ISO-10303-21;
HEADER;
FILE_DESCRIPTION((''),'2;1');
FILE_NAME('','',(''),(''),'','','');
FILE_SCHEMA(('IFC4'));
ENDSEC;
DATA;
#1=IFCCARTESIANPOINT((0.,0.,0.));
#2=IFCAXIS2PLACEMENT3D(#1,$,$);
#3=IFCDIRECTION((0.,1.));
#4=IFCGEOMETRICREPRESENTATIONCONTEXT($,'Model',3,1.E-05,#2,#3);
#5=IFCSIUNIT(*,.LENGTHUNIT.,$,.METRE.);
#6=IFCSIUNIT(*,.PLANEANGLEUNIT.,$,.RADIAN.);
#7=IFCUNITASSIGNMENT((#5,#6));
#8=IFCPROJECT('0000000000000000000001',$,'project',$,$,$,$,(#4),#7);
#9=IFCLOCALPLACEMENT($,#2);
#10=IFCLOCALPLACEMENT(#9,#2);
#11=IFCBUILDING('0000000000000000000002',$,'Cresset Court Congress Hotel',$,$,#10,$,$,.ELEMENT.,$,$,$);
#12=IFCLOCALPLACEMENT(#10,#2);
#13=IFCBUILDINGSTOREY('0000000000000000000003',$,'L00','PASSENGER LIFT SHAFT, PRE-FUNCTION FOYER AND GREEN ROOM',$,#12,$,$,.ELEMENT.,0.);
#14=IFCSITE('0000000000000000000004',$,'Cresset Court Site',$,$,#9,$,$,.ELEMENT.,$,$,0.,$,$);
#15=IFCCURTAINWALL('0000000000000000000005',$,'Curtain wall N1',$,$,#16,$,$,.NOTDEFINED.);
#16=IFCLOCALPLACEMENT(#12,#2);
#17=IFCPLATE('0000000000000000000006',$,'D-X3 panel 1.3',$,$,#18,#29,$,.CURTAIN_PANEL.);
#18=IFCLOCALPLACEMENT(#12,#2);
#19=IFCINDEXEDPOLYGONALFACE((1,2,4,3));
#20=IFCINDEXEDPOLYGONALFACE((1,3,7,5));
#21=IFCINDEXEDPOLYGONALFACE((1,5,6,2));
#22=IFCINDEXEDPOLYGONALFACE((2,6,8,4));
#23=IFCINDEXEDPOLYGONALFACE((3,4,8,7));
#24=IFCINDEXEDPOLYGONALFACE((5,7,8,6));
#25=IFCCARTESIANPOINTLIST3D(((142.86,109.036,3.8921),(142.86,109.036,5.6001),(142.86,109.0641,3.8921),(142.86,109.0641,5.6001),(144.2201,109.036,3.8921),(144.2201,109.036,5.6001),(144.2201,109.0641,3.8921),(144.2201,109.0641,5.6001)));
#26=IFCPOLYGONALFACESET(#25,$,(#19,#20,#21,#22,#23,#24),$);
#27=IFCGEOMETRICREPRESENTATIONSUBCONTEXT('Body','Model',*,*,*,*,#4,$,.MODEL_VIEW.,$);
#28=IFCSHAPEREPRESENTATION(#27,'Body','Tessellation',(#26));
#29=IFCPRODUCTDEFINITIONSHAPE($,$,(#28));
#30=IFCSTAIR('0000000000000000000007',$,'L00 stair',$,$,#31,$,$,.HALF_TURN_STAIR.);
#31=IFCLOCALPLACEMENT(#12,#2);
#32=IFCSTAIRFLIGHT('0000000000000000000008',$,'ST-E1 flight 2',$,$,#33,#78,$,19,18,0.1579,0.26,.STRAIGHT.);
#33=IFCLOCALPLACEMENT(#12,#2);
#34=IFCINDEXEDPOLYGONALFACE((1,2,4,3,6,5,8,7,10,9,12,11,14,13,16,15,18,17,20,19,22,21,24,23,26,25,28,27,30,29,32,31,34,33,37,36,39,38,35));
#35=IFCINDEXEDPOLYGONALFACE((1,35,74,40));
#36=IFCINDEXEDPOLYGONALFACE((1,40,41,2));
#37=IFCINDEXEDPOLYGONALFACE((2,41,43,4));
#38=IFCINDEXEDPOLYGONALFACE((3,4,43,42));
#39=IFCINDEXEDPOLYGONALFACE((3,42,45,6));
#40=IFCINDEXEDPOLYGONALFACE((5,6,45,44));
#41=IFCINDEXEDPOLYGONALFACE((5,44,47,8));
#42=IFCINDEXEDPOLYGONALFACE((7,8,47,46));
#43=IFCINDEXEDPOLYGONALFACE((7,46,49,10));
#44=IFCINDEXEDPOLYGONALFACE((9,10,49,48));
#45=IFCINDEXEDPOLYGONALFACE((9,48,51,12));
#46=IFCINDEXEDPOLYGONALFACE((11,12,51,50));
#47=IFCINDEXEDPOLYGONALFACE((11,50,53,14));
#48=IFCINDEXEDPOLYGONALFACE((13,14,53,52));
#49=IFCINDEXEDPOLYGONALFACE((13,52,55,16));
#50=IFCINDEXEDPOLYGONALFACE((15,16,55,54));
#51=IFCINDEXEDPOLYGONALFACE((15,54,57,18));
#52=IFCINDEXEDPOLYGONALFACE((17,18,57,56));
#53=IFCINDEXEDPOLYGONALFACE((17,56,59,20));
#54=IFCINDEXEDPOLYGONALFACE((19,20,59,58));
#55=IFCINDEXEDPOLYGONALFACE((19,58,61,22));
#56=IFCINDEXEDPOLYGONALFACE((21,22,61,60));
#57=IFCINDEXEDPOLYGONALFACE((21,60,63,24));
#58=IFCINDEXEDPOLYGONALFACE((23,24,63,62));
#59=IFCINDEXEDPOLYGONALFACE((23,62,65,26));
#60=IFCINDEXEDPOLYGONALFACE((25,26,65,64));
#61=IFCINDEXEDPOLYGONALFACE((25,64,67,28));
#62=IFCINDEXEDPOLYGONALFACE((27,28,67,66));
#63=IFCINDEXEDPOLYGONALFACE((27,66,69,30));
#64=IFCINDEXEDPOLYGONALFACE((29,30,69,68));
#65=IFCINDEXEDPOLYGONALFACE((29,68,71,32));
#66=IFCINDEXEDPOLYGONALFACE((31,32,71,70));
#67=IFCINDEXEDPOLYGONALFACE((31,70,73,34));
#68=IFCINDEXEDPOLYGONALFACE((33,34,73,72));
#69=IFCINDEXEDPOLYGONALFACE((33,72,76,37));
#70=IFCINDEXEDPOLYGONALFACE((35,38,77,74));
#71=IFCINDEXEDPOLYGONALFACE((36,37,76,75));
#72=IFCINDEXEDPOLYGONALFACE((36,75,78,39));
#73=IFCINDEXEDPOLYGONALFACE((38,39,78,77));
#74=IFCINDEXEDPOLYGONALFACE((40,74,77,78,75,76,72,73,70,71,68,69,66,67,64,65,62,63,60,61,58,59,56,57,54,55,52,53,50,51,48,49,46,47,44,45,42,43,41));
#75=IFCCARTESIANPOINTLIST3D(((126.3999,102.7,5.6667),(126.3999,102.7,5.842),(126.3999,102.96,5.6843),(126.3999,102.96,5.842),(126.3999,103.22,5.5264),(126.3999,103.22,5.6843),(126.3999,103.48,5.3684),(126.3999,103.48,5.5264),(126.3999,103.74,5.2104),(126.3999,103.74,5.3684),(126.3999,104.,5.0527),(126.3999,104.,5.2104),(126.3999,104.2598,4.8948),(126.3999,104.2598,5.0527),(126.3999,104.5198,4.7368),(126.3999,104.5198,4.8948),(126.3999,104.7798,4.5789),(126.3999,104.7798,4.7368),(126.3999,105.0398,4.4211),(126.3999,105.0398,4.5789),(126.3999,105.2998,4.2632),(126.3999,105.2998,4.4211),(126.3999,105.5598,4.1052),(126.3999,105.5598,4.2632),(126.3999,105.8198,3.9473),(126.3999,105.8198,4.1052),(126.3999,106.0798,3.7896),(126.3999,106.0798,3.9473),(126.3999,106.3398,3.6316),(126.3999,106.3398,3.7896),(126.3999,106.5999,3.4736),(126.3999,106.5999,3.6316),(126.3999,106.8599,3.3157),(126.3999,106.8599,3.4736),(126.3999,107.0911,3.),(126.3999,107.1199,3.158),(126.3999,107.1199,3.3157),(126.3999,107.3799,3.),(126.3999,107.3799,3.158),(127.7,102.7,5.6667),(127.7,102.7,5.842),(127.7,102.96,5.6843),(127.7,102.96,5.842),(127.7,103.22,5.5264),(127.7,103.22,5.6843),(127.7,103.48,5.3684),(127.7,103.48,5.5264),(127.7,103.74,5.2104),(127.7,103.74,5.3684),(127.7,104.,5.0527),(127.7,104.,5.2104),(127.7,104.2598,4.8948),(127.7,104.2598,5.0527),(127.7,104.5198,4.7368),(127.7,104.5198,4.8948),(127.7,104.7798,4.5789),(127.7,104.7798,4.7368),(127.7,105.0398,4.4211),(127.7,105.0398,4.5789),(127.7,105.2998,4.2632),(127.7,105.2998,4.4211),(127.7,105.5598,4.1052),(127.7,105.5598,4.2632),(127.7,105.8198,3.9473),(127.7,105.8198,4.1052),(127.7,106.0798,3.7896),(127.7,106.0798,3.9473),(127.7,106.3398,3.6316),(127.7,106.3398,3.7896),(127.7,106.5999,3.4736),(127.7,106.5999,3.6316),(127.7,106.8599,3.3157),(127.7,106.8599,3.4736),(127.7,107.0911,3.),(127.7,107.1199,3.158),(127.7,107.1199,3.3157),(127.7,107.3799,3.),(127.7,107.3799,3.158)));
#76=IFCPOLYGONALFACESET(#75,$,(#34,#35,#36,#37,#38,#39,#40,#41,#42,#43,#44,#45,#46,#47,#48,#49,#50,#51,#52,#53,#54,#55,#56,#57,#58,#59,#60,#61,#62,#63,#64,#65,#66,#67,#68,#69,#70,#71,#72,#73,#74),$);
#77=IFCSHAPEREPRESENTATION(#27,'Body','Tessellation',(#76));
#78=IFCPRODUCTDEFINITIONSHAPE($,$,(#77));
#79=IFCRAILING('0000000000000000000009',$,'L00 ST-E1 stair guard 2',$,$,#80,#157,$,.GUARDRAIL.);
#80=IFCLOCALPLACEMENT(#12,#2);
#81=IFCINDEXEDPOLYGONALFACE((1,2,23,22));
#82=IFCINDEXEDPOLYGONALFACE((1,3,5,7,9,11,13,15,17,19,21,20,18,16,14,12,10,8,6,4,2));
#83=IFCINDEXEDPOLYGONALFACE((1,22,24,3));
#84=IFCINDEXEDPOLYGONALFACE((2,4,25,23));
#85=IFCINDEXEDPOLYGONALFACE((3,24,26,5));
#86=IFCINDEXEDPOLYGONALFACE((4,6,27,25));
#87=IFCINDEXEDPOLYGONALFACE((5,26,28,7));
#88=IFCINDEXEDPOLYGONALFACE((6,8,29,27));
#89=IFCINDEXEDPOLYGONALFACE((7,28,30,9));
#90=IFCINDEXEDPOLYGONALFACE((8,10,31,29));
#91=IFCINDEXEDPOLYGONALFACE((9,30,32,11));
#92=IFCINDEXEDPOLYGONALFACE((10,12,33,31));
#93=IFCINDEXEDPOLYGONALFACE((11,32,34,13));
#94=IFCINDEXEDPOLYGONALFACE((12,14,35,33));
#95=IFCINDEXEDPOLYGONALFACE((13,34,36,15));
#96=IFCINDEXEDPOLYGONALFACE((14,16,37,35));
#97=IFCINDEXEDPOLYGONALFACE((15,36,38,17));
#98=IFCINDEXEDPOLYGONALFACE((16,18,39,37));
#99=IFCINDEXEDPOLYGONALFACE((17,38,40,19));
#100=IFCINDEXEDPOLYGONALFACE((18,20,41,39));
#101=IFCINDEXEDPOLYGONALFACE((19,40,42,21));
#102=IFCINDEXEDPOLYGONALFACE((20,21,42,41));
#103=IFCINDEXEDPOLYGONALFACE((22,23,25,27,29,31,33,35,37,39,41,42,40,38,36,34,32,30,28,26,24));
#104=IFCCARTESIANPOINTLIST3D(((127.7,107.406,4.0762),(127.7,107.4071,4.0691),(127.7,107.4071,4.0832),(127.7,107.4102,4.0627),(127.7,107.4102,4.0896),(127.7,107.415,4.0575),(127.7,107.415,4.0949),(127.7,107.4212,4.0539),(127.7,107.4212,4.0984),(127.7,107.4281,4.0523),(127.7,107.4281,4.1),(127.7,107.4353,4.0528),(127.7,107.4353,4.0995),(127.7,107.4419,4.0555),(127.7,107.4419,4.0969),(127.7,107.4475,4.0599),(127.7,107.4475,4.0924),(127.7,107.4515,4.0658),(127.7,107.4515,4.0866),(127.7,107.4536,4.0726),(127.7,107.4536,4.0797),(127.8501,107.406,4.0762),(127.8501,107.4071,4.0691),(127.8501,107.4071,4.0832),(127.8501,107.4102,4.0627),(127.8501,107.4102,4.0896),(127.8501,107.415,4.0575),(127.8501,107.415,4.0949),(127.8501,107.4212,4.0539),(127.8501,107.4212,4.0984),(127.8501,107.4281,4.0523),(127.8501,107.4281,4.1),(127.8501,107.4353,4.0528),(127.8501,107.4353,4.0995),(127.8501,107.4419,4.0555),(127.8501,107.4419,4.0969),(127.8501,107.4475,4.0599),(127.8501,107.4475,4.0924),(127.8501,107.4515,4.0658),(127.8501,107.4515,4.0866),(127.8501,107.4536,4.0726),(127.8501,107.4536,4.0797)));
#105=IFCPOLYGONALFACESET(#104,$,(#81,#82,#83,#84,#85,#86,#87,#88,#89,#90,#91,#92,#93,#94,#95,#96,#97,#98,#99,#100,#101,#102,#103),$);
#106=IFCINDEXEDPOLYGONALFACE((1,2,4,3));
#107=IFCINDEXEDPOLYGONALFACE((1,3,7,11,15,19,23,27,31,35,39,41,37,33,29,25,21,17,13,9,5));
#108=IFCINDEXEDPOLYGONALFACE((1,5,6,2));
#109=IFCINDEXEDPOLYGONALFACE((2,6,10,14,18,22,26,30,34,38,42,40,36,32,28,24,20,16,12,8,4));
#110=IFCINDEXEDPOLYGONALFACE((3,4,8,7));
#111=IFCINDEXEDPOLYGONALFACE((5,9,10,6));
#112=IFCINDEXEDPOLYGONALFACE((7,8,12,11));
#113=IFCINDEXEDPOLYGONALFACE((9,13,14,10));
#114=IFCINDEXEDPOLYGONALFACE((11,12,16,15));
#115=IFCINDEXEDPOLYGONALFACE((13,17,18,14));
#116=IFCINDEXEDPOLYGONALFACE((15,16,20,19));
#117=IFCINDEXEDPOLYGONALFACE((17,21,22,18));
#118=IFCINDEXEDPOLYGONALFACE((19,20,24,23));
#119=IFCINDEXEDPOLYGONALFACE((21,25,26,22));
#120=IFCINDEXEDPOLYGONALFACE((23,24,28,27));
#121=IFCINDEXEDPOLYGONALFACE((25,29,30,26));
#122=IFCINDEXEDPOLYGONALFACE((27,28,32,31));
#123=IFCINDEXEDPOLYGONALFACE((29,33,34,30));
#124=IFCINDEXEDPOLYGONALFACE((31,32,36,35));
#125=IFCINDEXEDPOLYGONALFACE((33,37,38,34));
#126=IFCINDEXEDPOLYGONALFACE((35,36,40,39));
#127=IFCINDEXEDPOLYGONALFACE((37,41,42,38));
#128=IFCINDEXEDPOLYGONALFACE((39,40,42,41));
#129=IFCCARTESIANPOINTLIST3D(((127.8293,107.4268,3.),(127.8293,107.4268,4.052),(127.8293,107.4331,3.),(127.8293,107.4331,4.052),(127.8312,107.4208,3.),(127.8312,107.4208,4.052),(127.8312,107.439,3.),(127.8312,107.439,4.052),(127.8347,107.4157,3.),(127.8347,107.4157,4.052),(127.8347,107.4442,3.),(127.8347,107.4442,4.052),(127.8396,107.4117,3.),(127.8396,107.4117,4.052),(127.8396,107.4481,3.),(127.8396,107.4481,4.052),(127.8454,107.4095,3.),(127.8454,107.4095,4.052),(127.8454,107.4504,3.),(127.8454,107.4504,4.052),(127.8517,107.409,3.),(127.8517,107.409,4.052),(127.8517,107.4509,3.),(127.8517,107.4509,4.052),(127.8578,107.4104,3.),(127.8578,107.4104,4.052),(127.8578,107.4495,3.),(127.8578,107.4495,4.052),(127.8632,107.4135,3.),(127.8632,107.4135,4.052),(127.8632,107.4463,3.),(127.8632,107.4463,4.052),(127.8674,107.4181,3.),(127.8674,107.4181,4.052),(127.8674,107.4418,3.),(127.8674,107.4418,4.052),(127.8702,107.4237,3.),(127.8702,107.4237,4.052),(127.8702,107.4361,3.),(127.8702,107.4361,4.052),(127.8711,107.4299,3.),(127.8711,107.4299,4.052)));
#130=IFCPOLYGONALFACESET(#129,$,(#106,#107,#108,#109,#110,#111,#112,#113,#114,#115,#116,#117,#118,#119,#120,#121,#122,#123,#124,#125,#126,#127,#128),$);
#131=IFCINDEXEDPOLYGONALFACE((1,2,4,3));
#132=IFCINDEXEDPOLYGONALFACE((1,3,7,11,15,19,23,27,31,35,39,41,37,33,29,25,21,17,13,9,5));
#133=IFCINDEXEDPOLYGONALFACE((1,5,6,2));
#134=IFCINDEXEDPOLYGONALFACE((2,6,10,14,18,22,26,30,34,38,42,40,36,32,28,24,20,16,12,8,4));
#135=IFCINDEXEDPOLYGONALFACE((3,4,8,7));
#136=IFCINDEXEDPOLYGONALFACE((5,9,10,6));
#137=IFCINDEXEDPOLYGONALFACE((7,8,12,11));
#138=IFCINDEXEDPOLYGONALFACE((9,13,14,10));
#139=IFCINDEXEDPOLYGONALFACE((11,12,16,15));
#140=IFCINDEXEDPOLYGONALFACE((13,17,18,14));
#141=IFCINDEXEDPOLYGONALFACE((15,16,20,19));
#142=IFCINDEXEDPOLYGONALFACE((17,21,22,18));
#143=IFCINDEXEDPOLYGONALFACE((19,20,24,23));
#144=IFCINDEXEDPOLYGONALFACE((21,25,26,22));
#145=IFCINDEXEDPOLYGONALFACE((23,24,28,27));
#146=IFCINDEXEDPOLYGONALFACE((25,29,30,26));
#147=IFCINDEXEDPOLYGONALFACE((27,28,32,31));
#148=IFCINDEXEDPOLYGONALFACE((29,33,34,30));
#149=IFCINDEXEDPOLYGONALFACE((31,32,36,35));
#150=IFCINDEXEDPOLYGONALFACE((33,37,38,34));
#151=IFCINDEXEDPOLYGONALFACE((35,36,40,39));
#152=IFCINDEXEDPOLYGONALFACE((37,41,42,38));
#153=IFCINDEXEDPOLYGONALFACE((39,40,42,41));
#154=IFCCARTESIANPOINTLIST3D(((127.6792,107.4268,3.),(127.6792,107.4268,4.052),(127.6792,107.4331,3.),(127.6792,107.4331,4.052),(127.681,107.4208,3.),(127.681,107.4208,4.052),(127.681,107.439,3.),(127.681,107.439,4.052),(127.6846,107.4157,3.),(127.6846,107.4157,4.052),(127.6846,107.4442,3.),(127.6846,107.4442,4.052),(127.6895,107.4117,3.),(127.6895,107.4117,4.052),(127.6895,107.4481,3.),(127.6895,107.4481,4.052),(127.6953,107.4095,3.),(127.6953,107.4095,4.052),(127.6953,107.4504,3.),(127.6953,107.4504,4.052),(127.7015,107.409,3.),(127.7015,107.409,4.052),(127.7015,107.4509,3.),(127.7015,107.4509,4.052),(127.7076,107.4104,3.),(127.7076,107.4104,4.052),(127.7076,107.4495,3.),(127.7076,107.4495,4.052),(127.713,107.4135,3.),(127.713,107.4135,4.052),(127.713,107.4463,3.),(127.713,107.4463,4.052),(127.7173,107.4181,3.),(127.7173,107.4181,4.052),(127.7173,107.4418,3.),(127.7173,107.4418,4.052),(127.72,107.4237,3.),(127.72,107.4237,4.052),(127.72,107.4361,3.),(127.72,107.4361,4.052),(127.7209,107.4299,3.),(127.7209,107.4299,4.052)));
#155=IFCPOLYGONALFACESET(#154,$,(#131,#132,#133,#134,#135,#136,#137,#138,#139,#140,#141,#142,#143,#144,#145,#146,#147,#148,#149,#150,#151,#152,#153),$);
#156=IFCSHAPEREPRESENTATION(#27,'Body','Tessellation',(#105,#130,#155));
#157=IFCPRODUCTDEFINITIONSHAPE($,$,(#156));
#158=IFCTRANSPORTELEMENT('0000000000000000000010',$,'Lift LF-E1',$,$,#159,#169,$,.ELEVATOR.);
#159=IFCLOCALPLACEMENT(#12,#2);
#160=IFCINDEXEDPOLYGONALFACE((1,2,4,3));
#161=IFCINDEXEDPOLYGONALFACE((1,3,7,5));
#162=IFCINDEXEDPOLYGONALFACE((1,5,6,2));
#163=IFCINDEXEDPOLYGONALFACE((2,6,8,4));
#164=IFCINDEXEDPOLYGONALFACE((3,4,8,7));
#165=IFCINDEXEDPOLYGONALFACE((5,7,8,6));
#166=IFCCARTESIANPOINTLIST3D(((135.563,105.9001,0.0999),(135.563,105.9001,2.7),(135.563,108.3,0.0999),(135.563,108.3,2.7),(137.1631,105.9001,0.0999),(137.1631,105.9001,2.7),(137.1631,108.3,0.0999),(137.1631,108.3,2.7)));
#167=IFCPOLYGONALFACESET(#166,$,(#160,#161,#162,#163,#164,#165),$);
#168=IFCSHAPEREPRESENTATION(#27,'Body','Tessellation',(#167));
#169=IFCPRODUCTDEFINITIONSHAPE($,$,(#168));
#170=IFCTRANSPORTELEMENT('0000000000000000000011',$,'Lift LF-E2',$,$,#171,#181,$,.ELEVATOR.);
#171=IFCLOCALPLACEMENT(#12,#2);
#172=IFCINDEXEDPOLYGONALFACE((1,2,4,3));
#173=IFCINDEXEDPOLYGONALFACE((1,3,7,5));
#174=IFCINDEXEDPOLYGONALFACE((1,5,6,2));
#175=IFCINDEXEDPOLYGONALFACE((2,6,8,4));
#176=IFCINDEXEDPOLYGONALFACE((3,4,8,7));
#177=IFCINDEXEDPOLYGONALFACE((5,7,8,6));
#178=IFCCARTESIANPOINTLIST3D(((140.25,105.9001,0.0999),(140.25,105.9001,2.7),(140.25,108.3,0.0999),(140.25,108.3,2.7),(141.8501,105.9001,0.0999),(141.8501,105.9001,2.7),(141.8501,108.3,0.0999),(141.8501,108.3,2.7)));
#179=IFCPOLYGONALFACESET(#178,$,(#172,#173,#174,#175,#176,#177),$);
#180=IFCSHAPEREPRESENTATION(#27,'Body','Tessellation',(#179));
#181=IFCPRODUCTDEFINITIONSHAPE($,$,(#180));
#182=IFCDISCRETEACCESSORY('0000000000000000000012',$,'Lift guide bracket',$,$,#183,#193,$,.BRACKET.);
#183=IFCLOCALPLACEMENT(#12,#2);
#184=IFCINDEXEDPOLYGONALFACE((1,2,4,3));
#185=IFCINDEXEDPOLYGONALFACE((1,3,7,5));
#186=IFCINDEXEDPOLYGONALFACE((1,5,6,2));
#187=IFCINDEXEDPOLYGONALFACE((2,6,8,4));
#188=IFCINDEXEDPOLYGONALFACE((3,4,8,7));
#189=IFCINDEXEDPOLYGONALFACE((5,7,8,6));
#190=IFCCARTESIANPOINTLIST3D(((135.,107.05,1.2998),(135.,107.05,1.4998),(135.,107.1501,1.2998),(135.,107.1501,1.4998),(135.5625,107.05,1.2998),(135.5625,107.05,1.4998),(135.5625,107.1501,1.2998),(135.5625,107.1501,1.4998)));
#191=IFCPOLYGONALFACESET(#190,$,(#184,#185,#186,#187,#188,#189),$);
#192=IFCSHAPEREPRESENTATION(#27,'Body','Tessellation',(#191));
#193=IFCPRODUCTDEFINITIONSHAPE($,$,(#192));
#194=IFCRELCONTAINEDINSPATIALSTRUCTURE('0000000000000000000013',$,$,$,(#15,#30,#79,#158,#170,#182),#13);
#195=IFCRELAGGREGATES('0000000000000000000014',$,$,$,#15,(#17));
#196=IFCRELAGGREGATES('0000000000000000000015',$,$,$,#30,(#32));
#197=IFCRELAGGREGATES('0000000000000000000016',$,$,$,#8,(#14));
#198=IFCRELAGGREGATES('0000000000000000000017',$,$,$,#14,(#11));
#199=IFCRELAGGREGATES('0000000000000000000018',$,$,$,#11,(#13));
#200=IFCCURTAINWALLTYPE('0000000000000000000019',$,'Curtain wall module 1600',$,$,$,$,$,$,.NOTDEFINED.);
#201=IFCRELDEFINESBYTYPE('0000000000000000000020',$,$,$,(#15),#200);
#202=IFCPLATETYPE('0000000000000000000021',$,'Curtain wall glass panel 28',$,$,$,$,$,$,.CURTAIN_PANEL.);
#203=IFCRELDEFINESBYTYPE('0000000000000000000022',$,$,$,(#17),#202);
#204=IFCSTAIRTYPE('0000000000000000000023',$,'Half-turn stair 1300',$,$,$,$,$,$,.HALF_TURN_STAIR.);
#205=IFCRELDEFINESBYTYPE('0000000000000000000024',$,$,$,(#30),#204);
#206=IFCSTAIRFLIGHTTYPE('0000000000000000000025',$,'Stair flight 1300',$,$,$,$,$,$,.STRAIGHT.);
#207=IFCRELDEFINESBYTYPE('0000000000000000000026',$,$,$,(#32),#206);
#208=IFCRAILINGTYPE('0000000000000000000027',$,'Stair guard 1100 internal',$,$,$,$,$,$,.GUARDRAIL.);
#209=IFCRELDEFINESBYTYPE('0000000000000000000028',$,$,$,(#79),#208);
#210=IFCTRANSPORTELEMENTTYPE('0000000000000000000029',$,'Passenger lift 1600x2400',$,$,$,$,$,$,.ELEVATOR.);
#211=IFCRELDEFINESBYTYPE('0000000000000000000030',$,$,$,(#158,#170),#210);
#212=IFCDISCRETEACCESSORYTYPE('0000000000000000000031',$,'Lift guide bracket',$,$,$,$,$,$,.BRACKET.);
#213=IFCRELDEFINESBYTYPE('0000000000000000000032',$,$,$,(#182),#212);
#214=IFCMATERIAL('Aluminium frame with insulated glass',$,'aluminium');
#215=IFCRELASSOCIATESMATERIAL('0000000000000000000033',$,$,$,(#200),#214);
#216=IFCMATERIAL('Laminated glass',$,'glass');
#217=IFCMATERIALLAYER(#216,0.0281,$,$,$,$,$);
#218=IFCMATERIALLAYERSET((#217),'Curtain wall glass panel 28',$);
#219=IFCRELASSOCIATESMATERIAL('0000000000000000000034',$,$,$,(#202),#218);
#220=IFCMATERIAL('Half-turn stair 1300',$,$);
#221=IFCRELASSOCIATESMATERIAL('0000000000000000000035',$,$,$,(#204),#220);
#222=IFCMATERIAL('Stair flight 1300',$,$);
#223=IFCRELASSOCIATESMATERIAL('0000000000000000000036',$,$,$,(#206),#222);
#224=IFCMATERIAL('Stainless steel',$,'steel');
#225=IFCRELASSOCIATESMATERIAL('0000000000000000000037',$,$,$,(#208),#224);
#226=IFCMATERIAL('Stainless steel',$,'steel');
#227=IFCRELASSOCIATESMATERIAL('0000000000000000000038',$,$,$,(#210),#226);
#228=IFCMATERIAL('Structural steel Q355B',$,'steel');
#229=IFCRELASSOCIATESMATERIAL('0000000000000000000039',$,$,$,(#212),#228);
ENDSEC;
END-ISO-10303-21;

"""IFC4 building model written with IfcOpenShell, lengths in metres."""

from ifc_helpers import new_model, si_unit, direction, frame, origin, origin_2d, place, context, subcontext, project, spatial, polyline, rectangle, circle, outline, extrude, material, layer, layer_set, type_object, element, aggregate, save


model = new_model("IFC4")

# Units and contexts
model_context = context("Model", 3, precision=1e-05, world=origin(), true_north=direction((0.0, 1.0)))
body_context = subcontext(model_context, "Body", "Model", "MODEL_VIEW")
ifc_project = project(units=[si_unit("LENGTHUNIT", "METRE"), si_unit("PLANEANGLEUNIT", "RADIAN")], contexts=[model_context])

# Site, building, storey
site_placement = place(None, origin())
site = spatial("IfcSite", under=ifc_project, at=site_placement, Name="Cresset Court Site", CompositionType="ELEMENT", RefElevation=0.0)
building_placement = place(site_placement, origin())
building = spatial("IfcBuilding", under=site, at=building_placement, Name="Cresset Court Congress Hotel", CompositionType="ELEMENT")
storey_placement = place(building_placement, origin())
storey = spatial("IfcBuildingStorey", under=building, at=storey_placement, Name="L00", Description="PASSENGER LIFT SHAFT, PRE-FUNCTION FOYER AND GREEN ROOM", CompositionType="ELEMENT", Elevation=0.0)

# Curtain wall, plate
ifc_material_1 = material(Name="Aluminium frame with insulated glass", Category="aluminium")
curtain_wall_type = type_object("IfcCurtainWallType", Name="Curtain wall module 1600", PredefinedType="NOTDEFINED", material=ifc_material_1)
curtain_wall_placement = place(storey_placement, origin())
curtain_wall = element("IfcCurtainWall", 1, at=curtain_wall_placement, inside=storey, type_object=curtain_wall_type, Name="Curtain wall N1", PredefinedType="NOTDEFINED")
ifc_material_2 = material(Name="Laminated glass", Category="glass")
ifc_layer = layer(ifc_material_2, 0.0281)
ifc_layer_set = layer_set([ifc_layer], Name="Curtain wall glass panel 28")
plate_type = type_object("IfcPlateType", Name="Curtain wall glass panel 28", PredefinedType="CURTAIN_PANEL", material=ifc_layer_set)
plate_1_placement = place(storey_placement, frame((143.54, 109.05, 3.8921), z_axis=(0.0, 0.0, 1.0), x_axis=(1.0, 0.0, 0.0)))
plate_1 = element("IfcPlate", 2, at=plate_1_placement, type_object=plate_type, Name="D-X3 panel 1.3", PredefinedType="CURTAIN_PANEL", context=body_context, shape_type="SweptSolid", body=[
    extrude(rectangle(XDim=1.3601, YDim=0.0281, at=origin_2d()), origin(), (0.0, 0.0, 1.0), 1.708),
])
aggregate(curtain_wall, [plate_1])

# Stair, stair flight
ifc_material_3 = material(Name="Half-turn stair 1300")
stair_type = type_object("IfcStairType", Name="Half-turn stair 1300", PredefinedType="HALF_TURN_STAIR", material=ifc_material_3)
stair_placement = place(storey_placement, origin())
stair = element("IfcStair", 3, at=stair_placement, inside=storey, type_object=stair_type, Name="L00 stair", PredefinedType="HALF_TURN_STAIR")
ifc_material_4 = material(Name="Stair flight 1300")
stair_flight_type = type_object("IfcStairFlightType", Name="Stair flight 1300", PredefinedType="STRAIGHT", material=ifc_material_4)
stair_flight_placement = place(storey_placement, frame((127.05, 107.3799, 3.0), z_axis=(0.0, 0.0, 1.0), x_axis=(0.0, -1.0, 0.0)))
stair_flight = element("IfcStairFlight", 4, at=stair_flight_placement, type_object=stair_flight_type, Name="ST-E1 flight 2", NumberOfRisers=19, NumberOfTreads=18, PredefinedType="STRAIGHT", RiserHeight=0.1579, TreadLength=0.26, context=body_context, shape_type="SweptSolid", body=[
    extrude(outline(polyline([(0.0, 0.0), (0.0, 0.158), (0.26, 0.158), (0.26, 0.3157), (0.52, 0.3157), (0.52, 0.4736), (0.78, 0.4736), (0.78, 0.6316), (1.04, 0.6316), (1.04, 0.7896), (1.3, 0.7896), (1.3, 0.9473), (1.5601, 0.9473), (1.5601, 1.1052), (1.8201, 1.1052), (1.8201, 1.2632), (2.0801, 1.2632), (2.0801, 1.4211), (2.3401, 1.4211), (2.3401, 1.5789), (2.6001, 1.5789), (2.6001, 1.7368), (2.8601, 1.7368), (2.8601, 1.8948), (3.1201, 1.8948), (3.1201, 2.0527), (3.3799, 2.0527), (3.3799, 2.2104), (3.6399, 2.2104), (3.6399, 2.3684), (3.8999, 2.3684), (3.8999, 2.5264), (4.1599, 2.5264), (4.1599, 2.6843), (4.4199, 2.6843), (4.4199, 2.842), (4.6799, 2.842), (4.6799, 3.0), (4.6799, 2.6667), (0.2888, 0.0), (0.0, 0.0)])), frame((0.0, 0.6499, 0.0), z_axis=(0.0, -1.0, 0.0), x_axis=(1.0, 0.0, 0.0)), (0.0, 0.0, 1.0), 1.3),
])
aggregate(stair, [stair_flight])

# Railing
ifc_material_5 = material(Name="Stainless steel", Category="steel")
railing_type_1 = type_object("IfcRailingType", Name="Stair guard 1100 internal", PredefinedType="GUARDRAIL", material=ifc_material_5)
railing_1_placement = place(storey_placement, frame((127.8501, 107.4299, 3.0)))
element("IfcRailing", 5, at=railing_1_placement, inside=storey, type_object=railing_type_1, Name="L00 ST-E1 stair guard 2", PredefinedType="GUARDRAIL", context=body_context, shape_type="SweptSolid", body=[
    extrude(circle(Radius=0.0239, at=origin_2d()), frame((0.0, 0.0, 1.0762), z_axis=(-1.0, 0.0, 0.0), x_axis=(0.0, -1.0, 0.0)), (0.0, 0.0, 1.0), 0.1501),
    extrude(circle(Radius=0.021, at=origin_2d()), origin(), (0.0, 0.0, 1.0), 1.052),
    extrude(circle(Radius=0.021, at=origin_2d()), frame((-0.1501, 0.0, 0.0)), (0.0, 0.0, 1.0), 1.052),
])

# Transport elements
ifc_material_6 = material(Name="Stainless steel", Category="steel")
transport_element_type = type_object("IfcTransportElementType", Name="Passenger lift 1600x2400", PredefinedType="ELEVATOR", material=ifc_material_6)
for number, where, z_axis, x_axis, name in (
    (6, (136.363, 107.1001, 0.0999), (0.0, 0.0, 1.0), (1.0, 0.0, 0.0), "Lift LF-E1"),
    (7, (141.05, 107.1001, 0.0999), (0.0, 0.0, 1.0), (1.0, 0.0, 0.0), "Lift LF-E2"),
):
    element("IfcTransportElement", number, at=place(storey_placement, frame(where, z_axis=z_axis, x_axis=x_axis)), inside=storey, type_object=transport_element_type, Name=name, PredefinedType="ELEVATOR", context=body_context, shape_type="SweptSolid", body=[
        extrude(rectangle(XDim=1.6001, YDim=2.3999, at=origin_2d()), origin(), (0.0, 0.0, 1.0), 2.6001),
    ])

# Discrete accessory
ifc_material_7 = material(Name="Structural steel Q355B", Category="steel")
discrete_accessory_type = type_object("IfcDiscreteAccessoryType", Name="Lift guide bracket", PredefinedType="BRACKET", material=ifc_material_7)
for number, where, z_axis, x_axis, name in (
    (8, (135.2812, 107.1001, 1.2998), (0.0, 0.0, 1.0), (1.0, 0.0, 0.0), "Lift guide bracket"),
):
    element("IfcDiscreteAccessory", number, at=place(storey_placement, frame(where, z_axis=z_axis, x_axis=x_axis)), inside=storey, type_object=discrete_accessory_type, Name=name, PredefinedType="BRACKET", context=body_context, shape_type="SweptSolid", body=[
        extrude(rectangle(XDim=0.5625, YDim=0.1001, at=origin_2d()), origin(), (0.0, 0.0, 1.0), 0.2),
    ])

save(model, "model.ifc")
